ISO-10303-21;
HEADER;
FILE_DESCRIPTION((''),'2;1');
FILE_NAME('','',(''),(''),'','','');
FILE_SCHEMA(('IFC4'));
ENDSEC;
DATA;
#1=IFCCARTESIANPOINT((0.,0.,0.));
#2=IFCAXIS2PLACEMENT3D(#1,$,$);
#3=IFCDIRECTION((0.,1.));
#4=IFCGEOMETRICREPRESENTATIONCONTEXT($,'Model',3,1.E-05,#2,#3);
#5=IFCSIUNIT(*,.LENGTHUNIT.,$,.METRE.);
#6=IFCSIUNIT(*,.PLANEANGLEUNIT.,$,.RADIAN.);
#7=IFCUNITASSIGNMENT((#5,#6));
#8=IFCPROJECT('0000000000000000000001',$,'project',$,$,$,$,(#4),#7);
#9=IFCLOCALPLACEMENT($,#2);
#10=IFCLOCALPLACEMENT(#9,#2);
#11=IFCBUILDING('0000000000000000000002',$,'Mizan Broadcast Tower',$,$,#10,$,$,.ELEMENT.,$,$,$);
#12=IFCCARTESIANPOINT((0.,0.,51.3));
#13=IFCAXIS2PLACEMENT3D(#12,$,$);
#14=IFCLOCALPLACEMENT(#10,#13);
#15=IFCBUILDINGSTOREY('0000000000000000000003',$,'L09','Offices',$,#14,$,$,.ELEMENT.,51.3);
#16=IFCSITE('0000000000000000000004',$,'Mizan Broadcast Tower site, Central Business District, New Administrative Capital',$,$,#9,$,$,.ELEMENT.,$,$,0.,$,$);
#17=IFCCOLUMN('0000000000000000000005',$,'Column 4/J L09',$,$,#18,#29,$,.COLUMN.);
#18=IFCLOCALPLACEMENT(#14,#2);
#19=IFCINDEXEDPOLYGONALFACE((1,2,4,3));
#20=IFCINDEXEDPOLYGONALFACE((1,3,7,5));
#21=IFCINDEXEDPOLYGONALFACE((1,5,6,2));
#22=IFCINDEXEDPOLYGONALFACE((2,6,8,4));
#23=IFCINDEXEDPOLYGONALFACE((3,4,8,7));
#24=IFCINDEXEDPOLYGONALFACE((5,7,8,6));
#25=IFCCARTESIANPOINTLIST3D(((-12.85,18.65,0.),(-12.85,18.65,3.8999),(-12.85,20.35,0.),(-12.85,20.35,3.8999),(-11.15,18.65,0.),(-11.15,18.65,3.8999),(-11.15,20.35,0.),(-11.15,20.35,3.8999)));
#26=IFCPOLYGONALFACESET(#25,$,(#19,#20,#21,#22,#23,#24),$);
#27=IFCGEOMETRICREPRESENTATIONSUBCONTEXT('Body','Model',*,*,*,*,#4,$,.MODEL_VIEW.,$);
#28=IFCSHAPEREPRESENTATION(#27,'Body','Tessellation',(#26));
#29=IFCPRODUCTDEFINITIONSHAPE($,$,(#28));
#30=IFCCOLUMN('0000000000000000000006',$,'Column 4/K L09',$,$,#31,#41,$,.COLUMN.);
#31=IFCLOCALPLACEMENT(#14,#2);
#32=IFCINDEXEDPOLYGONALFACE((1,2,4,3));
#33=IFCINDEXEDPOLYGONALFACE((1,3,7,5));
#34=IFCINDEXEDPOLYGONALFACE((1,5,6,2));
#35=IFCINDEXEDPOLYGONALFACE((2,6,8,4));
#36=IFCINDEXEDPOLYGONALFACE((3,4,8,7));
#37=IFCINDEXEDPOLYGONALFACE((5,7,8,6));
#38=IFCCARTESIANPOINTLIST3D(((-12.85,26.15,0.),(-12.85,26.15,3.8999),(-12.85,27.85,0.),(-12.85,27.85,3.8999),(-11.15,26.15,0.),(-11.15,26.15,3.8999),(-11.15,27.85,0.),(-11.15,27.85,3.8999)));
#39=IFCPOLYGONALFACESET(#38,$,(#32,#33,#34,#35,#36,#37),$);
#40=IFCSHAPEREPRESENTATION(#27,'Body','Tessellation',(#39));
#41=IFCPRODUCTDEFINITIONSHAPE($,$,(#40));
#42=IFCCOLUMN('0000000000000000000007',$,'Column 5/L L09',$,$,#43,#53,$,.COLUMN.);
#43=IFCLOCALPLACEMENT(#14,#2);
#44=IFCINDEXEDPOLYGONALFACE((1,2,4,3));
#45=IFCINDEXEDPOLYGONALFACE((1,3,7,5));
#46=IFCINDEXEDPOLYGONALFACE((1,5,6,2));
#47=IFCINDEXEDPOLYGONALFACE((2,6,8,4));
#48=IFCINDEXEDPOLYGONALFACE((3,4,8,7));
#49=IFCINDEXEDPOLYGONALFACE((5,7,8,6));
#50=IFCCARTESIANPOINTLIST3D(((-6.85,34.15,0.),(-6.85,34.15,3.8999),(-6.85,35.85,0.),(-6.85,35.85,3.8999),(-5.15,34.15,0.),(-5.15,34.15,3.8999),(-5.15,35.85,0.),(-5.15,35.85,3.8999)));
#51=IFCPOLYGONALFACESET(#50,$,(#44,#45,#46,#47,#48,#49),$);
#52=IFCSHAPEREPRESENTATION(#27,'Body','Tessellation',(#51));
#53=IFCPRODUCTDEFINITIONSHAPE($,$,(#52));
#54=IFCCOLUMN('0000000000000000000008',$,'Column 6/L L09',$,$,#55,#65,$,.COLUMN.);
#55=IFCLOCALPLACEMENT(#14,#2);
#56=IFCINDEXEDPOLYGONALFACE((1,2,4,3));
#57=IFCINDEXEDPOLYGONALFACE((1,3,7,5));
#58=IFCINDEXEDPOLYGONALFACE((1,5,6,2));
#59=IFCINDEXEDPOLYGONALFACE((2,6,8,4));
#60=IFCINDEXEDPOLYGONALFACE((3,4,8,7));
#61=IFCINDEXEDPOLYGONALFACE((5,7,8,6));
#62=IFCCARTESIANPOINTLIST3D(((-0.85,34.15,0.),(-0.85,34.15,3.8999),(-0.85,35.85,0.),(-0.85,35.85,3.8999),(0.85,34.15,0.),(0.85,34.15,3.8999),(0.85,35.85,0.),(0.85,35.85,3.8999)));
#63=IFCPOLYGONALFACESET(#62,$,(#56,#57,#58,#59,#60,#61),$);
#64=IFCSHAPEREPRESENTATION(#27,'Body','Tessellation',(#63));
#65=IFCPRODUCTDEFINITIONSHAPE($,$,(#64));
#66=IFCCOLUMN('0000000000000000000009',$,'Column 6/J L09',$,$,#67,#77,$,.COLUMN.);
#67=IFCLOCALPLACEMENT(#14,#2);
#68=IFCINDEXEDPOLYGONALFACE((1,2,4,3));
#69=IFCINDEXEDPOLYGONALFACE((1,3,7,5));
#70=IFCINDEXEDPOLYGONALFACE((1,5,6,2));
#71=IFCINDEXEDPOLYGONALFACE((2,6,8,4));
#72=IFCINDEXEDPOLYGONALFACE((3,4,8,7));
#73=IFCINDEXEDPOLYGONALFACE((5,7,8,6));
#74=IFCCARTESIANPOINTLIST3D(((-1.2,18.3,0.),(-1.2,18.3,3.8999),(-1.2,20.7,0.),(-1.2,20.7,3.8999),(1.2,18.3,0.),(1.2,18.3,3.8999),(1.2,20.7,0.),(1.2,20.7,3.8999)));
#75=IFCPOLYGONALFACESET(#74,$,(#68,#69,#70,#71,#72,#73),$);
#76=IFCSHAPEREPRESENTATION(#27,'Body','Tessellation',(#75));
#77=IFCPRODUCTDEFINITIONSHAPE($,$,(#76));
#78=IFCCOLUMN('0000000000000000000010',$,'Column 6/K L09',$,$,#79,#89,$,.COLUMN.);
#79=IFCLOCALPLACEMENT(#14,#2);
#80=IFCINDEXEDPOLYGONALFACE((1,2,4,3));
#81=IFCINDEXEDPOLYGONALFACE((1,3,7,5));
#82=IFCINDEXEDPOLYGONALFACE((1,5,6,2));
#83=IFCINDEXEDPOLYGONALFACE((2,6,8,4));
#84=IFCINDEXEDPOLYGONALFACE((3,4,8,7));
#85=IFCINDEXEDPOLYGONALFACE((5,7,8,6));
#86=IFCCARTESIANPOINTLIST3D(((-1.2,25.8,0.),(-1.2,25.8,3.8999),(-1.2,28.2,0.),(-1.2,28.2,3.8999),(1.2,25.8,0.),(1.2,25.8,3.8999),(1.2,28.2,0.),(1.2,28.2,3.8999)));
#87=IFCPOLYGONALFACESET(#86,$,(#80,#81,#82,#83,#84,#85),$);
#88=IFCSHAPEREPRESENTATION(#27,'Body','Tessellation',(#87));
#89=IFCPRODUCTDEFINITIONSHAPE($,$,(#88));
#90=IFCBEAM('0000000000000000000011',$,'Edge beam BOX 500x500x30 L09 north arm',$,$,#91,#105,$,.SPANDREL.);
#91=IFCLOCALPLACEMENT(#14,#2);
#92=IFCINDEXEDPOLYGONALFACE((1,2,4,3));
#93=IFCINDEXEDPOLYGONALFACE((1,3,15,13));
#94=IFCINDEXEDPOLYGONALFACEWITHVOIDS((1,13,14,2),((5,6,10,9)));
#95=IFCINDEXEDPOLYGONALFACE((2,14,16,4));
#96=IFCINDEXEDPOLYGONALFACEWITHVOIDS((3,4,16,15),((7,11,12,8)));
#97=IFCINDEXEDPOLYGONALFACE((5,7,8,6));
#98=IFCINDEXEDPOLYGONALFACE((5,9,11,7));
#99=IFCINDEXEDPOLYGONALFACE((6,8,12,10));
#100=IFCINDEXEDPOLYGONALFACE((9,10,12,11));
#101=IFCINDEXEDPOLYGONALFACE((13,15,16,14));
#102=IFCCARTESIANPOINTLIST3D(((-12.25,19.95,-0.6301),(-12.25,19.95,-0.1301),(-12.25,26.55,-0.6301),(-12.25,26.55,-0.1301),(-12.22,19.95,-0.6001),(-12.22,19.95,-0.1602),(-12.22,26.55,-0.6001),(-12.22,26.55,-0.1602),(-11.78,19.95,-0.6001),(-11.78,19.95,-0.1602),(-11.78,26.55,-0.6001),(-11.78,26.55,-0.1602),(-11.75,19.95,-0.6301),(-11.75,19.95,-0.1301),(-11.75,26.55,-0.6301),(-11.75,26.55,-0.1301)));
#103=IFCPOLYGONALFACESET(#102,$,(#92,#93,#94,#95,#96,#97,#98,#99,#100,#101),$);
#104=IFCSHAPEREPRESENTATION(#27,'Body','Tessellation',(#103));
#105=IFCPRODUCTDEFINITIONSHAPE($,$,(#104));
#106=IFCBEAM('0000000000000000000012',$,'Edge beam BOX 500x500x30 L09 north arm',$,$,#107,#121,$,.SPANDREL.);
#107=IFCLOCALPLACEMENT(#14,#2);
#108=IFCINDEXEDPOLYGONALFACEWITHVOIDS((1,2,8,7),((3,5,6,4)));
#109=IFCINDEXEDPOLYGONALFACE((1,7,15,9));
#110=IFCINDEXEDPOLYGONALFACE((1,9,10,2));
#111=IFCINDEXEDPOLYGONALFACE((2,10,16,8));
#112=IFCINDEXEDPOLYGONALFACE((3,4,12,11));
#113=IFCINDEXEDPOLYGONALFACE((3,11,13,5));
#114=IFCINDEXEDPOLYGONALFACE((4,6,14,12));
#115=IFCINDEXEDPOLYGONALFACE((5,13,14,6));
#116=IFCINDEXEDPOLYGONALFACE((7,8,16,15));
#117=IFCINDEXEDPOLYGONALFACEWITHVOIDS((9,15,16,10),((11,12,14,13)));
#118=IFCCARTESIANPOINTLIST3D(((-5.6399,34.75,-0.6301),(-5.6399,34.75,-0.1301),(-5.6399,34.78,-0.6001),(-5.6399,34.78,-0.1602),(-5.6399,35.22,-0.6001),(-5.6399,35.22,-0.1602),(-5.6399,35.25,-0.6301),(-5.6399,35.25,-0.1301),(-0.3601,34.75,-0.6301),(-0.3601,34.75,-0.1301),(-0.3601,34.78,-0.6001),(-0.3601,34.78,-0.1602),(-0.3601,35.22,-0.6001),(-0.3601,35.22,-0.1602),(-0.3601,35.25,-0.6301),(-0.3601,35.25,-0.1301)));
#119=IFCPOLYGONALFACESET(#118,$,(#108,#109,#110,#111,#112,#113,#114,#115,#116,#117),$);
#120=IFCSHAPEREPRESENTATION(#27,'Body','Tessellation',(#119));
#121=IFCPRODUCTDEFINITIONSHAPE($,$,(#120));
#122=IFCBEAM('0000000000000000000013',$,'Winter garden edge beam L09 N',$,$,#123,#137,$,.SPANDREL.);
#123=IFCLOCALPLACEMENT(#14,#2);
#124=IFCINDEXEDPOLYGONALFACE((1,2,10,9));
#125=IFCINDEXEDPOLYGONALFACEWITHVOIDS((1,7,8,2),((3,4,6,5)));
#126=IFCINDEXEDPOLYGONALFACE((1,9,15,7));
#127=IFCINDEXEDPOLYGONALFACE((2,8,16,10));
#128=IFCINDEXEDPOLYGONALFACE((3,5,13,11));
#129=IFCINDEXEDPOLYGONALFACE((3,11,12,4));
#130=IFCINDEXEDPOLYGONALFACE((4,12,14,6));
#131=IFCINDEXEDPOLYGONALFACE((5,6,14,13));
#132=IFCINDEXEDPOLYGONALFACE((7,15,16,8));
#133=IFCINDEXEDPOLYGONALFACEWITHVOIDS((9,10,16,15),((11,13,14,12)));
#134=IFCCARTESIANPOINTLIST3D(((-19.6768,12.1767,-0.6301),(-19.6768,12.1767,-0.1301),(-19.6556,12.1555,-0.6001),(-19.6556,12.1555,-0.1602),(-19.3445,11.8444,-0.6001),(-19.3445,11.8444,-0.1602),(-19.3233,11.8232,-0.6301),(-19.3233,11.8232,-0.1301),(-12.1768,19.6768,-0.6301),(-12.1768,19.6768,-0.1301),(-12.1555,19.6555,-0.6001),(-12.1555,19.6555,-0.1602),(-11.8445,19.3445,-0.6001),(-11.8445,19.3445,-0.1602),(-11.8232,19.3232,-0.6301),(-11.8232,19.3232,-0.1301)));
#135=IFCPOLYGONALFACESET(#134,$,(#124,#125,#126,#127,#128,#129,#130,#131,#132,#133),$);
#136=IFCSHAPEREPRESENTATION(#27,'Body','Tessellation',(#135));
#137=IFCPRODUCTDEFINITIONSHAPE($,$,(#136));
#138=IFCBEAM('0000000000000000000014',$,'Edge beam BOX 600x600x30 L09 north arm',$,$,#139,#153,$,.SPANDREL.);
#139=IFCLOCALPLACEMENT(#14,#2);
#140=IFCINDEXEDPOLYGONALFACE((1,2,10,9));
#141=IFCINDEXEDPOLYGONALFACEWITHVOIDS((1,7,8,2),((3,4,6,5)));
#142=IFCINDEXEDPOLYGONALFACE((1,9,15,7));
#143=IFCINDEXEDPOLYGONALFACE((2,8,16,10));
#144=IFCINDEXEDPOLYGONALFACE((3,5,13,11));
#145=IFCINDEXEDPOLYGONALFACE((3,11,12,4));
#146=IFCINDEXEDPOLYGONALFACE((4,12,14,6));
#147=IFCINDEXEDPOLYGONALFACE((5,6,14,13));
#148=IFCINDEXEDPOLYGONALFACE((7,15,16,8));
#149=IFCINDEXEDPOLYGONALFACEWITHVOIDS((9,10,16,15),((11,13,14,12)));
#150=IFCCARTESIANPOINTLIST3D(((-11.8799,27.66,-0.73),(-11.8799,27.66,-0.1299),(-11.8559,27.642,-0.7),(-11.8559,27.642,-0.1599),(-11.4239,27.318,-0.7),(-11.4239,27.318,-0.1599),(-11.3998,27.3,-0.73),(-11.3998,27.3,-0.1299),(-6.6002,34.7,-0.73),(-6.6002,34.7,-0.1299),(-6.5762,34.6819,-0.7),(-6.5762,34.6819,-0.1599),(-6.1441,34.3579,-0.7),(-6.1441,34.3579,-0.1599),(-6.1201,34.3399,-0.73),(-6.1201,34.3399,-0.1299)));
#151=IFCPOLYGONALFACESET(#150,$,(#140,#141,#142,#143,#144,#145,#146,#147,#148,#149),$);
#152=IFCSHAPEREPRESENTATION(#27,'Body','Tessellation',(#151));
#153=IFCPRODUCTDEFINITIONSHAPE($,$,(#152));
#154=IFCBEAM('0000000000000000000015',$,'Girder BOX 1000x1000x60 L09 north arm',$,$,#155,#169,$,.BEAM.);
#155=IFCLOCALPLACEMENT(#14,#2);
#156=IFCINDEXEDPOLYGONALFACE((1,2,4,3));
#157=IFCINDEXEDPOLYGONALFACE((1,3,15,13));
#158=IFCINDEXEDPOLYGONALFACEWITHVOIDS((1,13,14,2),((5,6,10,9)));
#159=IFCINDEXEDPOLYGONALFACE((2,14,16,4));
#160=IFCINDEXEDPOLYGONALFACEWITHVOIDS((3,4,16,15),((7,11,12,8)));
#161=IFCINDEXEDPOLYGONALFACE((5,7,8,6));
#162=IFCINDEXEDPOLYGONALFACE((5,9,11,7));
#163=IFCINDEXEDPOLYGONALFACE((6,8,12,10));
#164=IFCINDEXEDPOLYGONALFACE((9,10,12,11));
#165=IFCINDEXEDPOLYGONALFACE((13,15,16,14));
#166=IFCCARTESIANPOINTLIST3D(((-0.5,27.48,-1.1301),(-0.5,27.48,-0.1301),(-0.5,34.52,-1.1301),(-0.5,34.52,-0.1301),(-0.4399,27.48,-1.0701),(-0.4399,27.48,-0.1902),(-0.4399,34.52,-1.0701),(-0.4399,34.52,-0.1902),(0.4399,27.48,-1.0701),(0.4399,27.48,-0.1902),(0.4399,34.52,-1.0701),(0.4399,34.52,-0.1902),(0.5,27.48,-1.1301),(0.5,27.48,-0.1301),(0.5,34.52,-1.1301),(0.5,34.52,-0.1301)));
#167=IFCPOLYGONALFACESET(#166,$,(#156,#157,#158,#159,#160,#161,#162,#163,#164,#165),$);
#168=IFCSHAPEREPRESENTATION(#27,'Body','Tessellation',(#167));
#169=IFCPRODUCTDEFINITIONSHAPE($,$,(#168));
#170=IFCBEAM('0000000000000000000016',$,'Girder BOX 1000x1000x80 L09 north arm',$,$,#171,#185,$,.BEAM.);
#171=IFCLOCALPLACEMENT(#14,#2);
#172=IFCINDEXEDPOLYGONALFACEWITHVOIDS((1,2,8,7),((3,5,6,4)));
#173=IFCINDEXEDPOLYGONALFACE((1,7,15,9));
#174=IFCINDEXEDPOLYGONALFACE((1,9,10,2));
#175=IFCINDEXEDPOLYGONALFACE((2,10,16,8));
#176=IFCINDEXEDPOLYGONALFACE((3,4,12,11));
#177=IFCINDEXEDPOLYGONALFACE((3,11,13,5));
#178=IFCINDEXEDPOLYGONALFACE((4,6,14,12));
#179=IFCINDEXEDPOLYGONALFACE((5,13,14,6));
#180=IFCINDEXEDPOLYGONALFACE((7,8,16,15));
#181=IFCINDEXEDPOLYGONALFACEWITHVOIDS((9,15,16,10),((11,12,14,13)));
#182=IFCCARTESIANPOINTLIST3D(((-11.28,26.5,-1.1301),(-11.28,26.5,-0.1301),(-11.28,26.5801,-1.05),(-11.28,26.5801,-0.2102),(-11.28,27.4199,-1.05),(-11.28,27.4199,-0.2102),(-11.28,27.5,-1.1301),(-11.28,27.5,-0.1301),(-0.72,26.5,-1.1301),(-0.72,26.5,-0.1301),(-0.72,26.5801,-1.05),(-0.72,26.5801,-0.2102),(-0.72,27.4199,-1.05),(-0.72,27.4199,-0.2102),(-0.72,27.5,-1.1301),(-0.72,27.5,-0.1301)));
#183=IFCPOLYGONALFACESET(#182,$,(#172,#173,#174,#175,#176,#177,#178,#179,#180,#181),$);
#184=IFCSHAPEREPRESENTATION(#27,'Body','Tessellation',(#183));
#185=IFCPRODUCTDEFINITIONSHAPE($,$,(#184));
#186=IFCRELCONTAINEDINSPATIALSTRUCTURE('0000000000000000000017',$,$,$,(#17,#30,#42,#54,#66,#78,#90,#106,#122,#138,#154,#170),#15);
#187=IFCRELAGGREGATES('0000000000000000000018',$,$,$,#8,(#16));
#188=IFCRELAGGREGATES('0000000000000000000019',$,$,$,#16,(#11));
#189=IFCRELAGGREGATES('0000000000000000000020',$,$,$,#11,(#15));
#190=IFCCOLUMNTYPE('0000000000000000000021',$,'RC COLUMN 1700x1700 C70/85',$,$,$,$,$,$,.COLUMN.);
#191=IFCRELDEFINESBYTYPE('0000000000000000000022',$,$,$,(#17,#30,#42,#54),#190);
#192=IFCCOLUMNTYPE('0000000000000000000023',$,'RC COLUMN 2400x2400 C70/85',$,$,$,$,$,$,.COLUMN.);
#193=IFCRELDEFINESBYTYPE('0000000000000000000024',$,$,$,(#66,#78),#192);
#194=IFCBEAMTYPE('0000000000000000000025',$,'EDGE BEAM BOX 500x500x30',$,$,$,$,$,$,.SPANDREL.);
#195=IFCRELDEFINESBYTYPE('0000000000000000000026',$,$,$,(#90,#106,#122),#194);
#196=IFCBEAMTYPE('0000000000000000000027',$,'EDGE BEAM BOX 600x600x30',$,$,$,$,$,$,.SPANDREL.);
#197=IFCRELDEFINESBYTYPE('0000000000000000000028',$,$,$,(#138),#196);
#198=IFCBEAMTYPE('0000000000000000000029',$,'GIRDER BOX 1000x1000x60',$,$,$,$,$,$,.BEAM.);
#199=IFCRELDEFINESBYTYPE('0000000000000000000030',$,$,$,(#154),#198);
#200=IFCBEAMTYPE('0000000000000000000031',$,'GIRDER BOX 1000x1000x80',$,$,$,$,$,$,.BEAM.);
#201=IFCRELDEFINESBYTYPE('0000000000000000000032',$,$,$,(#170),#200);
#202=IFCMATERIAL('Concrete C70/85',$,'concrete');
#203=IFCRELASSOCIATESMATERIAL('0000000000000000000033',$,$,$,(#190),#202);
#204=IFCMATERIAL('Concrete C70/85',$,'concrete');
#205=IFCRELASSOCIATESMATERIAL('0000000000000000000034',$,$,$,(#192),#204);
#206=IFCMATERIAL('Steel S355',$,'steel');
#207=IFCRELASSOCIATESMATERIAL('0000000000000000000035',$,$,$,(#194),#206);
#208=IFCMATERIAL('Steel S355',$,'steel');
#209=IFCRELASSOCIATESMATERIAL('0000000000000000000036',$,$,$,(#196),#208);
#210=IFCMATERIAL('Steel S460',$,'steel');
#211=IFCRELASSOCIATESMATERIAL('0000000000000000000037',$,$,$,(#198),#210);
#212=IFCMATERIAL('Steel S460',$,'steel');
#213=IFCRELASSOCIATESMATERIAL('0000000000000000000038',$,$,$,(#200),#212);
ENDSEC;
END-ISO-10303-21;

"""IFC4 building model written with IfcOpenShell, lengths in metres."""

from ifc_helpers import new_model, si_unit, direction, frame, origin, origin_2d, place, context, subcontext, project, spatial, rectangle, hollow_rectangle, extrude, material, material_profile, profile_set, type_object, element, save


model = new_model("IFC4")

# Units and contexts
model_context = context("Model", 3, precision=1e-05, world=origin(), true_north=direction((0.0, 1.0)))
body_context = subcontext(model_context, "Body", "Model", "MODEL_VIEW")
ifc_project = project(units=[si_unit("LENGTHUNIT", "METRE"), si_unit("PLANEANGLEUNIT", "RADIAN")], contexts=[model_context])

# Site, building, storey
site_placement = place(None, origin())
site = spatial("IfcSite", under=ifc_project, at=site_placement, Name="Mizan Broadcast Tower site, Central Business District, New Administrative Capital", CompositionType="ELEMENT", RefElevation=0.0)
building_placement = place(site_placement, origin())
building = spatial("IfcBuilding", under=site, at=building_placement, Name="Mizan Broadcast Tower", CompositionType="ELEMENT")
storey_placement = place(building_placement, frame((0.0, 0.0, 51.3)))
storey = spatial("IfcBuildingStorey", under=building, at=storey_placement, Name="L09", Description="Offices", CompositionType="ELEMENT", Elevation=51.3)

# Columns
ifc_material_1 = material(Name="Concrete C70/85", Category="concrete")
ifc_material_profile_1 = material_profile(ifc_material_1, rectangle(XDim=1.7, YDim=1.7, at=origin_2d()), Name="RC 1700x1700")
ifc_profile_set_1 = profile_set([ifc_material_profile_1], Name="Concrete C70/85")
column_type_1 = type_object("IfcColumnType", Name="RC COLUMN 1700x1700 C70/85", PredefinedType="COLUMN", material=ifc_profile_set_1)
for number, where, z_axis, x_axis, name in (
    (1, (-12.0, 19.5, 0.0), (0.0, 0.0, 1.0), (1.0, 0.0, 0.0), "Column 4/J L09"),
    (2, (-12.0, 27.0, 0.0), (0.0, 0.0, 1.0), (1.0, 0.0, 0.0), "Column 4/K L09"),
    (3, (-6.0, 35.0, 0.0), (0.0, 0.0, 1.0), (1.0, 0.0, 0.0), "Column 5/L L09"),
    (4, (0.0, 35.0, 0.0), (0.0, 0.0, 1.0), (1.0, 0.0, 0.0), "Column 6/L L09"),
):
    element("IfcColumn", number, at=place(storey_placement, frame(where, z_axis=z_axis, x_axis=x_axis)), inside=storey, type_object=column_type_1, Name=name, PredefinedType="COLUMN", context=body_context, shape_type="SweptSolid", body=[
        extrude(rectangle(XDim=1.7, YDim=1.7, at=origin_2d()), origin(), (0.0, 0.0, 1.0), 3.8999),
    ])
ifc_material_2 = material(Name="Concrete C70/85", Category="concrete")
ifc_material_profile_2 = material_profile(ifc_material_2, rectangle(XDim=2.3999, YDim=2.3999, at=origin_2d()), Name="RC 2400x2400")
ifc_profile_set_2 = profile_set([ifc_material_profile_2], Name="Concrete C70/85")
column_type_2 = type_object("IfcColumnType", Name="RC COLUMN 2400x2400 C70/85", PredefinedType="COLUMN", material=ifc_profile_set_2)
for number, where, z_axis, x_axis, name in (
    (5, (0.0, 19.5, 0.0), (0.0, 0.0, 1.0), (1.0, 0.0, 0.0), "Column 6/J L09"),
    (6, (0.0, 27.0, 0.0), (0.0, 0.0, 1.0), (1.0, 0.0, 0.0), "Column 6/K L09"),
):
    element("IfcColumn", number, at=place(storey_placement, frame(where, z_axis=z_axis, x_axis=x_axis)), inside=storey, type_object=column_type_2, Name=name, PredefinedType="COLUMN", context=body_context, shape_type="SweptSolid", body=[
        extrude(rectangle(XDim=2.3999, YDim=2.3999, at=origin_2d()), origin(), (0.0, 0.0, 1.0), 3.8999),
    ])

# Beams
ifc_material_3 = material(Name="Steel S355", Category="steel")
ifc_material_profile_3 = material_profile(ifc_material_3, hollow_rectangle(XDim=0.5, YDim=0.5, WallThickness=0.03, at=origin_2d()), Name="BOX 500x500x30")
ifc_profile_set_3 = profile_set([ifc_material_profile_3], Name="Steel S355")
beam_type_1 = type_object("IfcBeamType", Name="EDGE BEAM BOX 500x500x30", PredefinedType="SPANDREL", material=ifc_profile_set_3)
beam_1_placement = place(storey_placement, frame((-12.0, 19.95, -0.3801), z_axis=(0.0, 1.0, 0.0), x_axis=(-1.0, 0.0, 0.0)))
element("IfcBeam", 7, at=beam_1_placement, inside=storey, type_object=beam_type_1, Name="Edge beam BOX 500x500x30 L09 north arm", PredefinedType="SPANDREL", context=body_context, shape_type="SweptSolid", body=[
    extrude(hollow_rectangle(XDim=0.5, YDim=0.5, WallThickness=0.03, at=origin_2d()), origin(), (0.0, 0.0, 1.0), 6.6001),
])
beam_2_placement = place(storey_placement, frame((-5.6399, 35.0, -0.3801), z_axis=(1.0, 0.0, 0.0), x_axis=(0.0, 1.0, 0.0)))
element("IfcBeam", 8, at=beam_2_placement, inside=storey, type_object=beam_type_1, Name="Edge beam BOX 500x500x30 L09 north arm", PredefinedType="SPANDREL", context=body_context, shape_type="SweptSolid", body=[
    extrude(hollow_rectangle(XDim=0.5, YDim=0.5, WallThickness=0.03, at=origin_2d()), origin(), (0.0, 0.0, 1.0), 5.2798),
])
beam_3_placement = place(storey_placement, frame((-12.0, 19.5, -0.3801), z_axis=(-0.707107, -0.707107, 0.0), x_axis=(0.707107, -0.707107, 0.0)))
element("IfcBeam", 9, at=beam_3_placement, inside=storey, type_object=beam_type_1, Name="Winter garden edge beam L09 N", PredefinedType="SPANDREL", context=body_context, shape_type="SweptSolid", body=[
    extrude(hollow_rectangle(XDim=0.5, YDim=0.5, WallThickness=0.03, at=origin_2d()), origin(), (0.0, 0.0, 1.0), 10.6067),
])
ifc_material_4 = material(Name="Steel S355", Category="steel")
ifc_material_profile_4 = material_profile(ifc_material_4, hollow_rectangle(XDim=0.6001, YDim=0.6001, WallThickness=0.03, at=origin_2d()), Name="BOX 600x600x30")
ifc_profile_set_4 = profile_set([ifc_material_profile_4], Name="Steel S355")
beam_type_2 = type_object("IfcBeamType", Name="EDGE BEAM BOX 600x600x30", PredefinedType="SPANDREL", material=ifc_profile_set_4)
beam_4_placement = place(storey_placement, frame((-11.6399, 27.48, -0.4299), z_axis=(0.599982, 0.800013, 0.0), x_axis=(-0.800013, 0.599982, 0.0)))
element("IfcBeam", 10, at=beam_4_placement, inside=storey, type_object=beam_type_2, Name="Edge beam BOX 600x600x30 L09 north arm", PredefinedType="SPANDREL", context=body_context, shape_type="SweptSolid", body=[
    extrude(hollow_rectangle(XDim=0.6001, YDim=0.6001, WallThickness=0.03, at=origin_2d()), origin(), (0.0, 0.0, 1.0), 8.7998),
])
ifc_material_5 = material(Name="Steel S460", Category="steel")
ifc_material_profile_5 = material_profile(ifc_material_5, hollow_rectangle(XDim=1.0, YDim=1.0, WallThickness=0.0601, at=origin_2d()), Name="BOX 1000x1000x60")
ifc_profile_set_5 = profile_set([ifc_material_profile_5], Name="Steel S460")
beam_type_3 = type_object("IfcBeamType", Name="GIRDER BOX 1000x1000x60", PredefinedType="BEAM", material=ifc_profile_set_5)
beam_5_placement = place(storey_placement, frame((0.0, 27.48, -0.6301), z_axis=(0.0, 1.0, 0.0), x_axis=(-1.0, 0.0, 0.0)))
element("IfcBeam", 11, at=beam_5_placement, inside=storey, type_object=beam_type_3, Name="Girder BOX 1000x1000x60 L09 north arm", PredefinedType="BEAM", context=body_context, shape_type="SweptSolid", body=[
    extrude(hollow_rectangle(XDim=1.0, YDim=1.0, WallThickness=0.0601, at=origin_2d()), origin(), (0.0, 0.0, 1.0), 7.04),
])
ifc_material_6 = material(Name="Steel S460", Category="steel")
ifc_material_profile_6 = material_profile(ifc_material_6, hollow_rectangle(XDim=1.0, YDim=1.0, WallThickness=0.0801, at=origin_2d()), Name="BOX 1000x1000x80")
ifc_profile_set_6 = profile_set([ifc_material_profile_6], Name="Steel S460")
beam_type_4 = type_object("IfcBeamType", Name="GIRDER BOX 1000x1000x80", PredefinedType="BEAM", material=ifc_profile_set_6)
beam_6_placement = place(storey_placement, frame((-11.28, 27.0, -0.6301), z_axis=(1.0, 0.0, 0.0), x_axis=(0.0, 1.0, 0.0)))
element("IfcBeam", 12, at=beam_6_placement, inside=storey, type_object=beam_type_4, Name="Girder BOX 1000x1000x80 L09 north arm", PredefinedType="BEAM", context=body_context, shape_type="SweptSolid", body=[
    extrude(hollow_rectangle(XDim=1.0, YDim=1.0, WallThickness=0.0801, at=origin_2d()), origin(), (0.0, 0.0, 1.0), 10.5601),
])

save(model, "model.ifc")
